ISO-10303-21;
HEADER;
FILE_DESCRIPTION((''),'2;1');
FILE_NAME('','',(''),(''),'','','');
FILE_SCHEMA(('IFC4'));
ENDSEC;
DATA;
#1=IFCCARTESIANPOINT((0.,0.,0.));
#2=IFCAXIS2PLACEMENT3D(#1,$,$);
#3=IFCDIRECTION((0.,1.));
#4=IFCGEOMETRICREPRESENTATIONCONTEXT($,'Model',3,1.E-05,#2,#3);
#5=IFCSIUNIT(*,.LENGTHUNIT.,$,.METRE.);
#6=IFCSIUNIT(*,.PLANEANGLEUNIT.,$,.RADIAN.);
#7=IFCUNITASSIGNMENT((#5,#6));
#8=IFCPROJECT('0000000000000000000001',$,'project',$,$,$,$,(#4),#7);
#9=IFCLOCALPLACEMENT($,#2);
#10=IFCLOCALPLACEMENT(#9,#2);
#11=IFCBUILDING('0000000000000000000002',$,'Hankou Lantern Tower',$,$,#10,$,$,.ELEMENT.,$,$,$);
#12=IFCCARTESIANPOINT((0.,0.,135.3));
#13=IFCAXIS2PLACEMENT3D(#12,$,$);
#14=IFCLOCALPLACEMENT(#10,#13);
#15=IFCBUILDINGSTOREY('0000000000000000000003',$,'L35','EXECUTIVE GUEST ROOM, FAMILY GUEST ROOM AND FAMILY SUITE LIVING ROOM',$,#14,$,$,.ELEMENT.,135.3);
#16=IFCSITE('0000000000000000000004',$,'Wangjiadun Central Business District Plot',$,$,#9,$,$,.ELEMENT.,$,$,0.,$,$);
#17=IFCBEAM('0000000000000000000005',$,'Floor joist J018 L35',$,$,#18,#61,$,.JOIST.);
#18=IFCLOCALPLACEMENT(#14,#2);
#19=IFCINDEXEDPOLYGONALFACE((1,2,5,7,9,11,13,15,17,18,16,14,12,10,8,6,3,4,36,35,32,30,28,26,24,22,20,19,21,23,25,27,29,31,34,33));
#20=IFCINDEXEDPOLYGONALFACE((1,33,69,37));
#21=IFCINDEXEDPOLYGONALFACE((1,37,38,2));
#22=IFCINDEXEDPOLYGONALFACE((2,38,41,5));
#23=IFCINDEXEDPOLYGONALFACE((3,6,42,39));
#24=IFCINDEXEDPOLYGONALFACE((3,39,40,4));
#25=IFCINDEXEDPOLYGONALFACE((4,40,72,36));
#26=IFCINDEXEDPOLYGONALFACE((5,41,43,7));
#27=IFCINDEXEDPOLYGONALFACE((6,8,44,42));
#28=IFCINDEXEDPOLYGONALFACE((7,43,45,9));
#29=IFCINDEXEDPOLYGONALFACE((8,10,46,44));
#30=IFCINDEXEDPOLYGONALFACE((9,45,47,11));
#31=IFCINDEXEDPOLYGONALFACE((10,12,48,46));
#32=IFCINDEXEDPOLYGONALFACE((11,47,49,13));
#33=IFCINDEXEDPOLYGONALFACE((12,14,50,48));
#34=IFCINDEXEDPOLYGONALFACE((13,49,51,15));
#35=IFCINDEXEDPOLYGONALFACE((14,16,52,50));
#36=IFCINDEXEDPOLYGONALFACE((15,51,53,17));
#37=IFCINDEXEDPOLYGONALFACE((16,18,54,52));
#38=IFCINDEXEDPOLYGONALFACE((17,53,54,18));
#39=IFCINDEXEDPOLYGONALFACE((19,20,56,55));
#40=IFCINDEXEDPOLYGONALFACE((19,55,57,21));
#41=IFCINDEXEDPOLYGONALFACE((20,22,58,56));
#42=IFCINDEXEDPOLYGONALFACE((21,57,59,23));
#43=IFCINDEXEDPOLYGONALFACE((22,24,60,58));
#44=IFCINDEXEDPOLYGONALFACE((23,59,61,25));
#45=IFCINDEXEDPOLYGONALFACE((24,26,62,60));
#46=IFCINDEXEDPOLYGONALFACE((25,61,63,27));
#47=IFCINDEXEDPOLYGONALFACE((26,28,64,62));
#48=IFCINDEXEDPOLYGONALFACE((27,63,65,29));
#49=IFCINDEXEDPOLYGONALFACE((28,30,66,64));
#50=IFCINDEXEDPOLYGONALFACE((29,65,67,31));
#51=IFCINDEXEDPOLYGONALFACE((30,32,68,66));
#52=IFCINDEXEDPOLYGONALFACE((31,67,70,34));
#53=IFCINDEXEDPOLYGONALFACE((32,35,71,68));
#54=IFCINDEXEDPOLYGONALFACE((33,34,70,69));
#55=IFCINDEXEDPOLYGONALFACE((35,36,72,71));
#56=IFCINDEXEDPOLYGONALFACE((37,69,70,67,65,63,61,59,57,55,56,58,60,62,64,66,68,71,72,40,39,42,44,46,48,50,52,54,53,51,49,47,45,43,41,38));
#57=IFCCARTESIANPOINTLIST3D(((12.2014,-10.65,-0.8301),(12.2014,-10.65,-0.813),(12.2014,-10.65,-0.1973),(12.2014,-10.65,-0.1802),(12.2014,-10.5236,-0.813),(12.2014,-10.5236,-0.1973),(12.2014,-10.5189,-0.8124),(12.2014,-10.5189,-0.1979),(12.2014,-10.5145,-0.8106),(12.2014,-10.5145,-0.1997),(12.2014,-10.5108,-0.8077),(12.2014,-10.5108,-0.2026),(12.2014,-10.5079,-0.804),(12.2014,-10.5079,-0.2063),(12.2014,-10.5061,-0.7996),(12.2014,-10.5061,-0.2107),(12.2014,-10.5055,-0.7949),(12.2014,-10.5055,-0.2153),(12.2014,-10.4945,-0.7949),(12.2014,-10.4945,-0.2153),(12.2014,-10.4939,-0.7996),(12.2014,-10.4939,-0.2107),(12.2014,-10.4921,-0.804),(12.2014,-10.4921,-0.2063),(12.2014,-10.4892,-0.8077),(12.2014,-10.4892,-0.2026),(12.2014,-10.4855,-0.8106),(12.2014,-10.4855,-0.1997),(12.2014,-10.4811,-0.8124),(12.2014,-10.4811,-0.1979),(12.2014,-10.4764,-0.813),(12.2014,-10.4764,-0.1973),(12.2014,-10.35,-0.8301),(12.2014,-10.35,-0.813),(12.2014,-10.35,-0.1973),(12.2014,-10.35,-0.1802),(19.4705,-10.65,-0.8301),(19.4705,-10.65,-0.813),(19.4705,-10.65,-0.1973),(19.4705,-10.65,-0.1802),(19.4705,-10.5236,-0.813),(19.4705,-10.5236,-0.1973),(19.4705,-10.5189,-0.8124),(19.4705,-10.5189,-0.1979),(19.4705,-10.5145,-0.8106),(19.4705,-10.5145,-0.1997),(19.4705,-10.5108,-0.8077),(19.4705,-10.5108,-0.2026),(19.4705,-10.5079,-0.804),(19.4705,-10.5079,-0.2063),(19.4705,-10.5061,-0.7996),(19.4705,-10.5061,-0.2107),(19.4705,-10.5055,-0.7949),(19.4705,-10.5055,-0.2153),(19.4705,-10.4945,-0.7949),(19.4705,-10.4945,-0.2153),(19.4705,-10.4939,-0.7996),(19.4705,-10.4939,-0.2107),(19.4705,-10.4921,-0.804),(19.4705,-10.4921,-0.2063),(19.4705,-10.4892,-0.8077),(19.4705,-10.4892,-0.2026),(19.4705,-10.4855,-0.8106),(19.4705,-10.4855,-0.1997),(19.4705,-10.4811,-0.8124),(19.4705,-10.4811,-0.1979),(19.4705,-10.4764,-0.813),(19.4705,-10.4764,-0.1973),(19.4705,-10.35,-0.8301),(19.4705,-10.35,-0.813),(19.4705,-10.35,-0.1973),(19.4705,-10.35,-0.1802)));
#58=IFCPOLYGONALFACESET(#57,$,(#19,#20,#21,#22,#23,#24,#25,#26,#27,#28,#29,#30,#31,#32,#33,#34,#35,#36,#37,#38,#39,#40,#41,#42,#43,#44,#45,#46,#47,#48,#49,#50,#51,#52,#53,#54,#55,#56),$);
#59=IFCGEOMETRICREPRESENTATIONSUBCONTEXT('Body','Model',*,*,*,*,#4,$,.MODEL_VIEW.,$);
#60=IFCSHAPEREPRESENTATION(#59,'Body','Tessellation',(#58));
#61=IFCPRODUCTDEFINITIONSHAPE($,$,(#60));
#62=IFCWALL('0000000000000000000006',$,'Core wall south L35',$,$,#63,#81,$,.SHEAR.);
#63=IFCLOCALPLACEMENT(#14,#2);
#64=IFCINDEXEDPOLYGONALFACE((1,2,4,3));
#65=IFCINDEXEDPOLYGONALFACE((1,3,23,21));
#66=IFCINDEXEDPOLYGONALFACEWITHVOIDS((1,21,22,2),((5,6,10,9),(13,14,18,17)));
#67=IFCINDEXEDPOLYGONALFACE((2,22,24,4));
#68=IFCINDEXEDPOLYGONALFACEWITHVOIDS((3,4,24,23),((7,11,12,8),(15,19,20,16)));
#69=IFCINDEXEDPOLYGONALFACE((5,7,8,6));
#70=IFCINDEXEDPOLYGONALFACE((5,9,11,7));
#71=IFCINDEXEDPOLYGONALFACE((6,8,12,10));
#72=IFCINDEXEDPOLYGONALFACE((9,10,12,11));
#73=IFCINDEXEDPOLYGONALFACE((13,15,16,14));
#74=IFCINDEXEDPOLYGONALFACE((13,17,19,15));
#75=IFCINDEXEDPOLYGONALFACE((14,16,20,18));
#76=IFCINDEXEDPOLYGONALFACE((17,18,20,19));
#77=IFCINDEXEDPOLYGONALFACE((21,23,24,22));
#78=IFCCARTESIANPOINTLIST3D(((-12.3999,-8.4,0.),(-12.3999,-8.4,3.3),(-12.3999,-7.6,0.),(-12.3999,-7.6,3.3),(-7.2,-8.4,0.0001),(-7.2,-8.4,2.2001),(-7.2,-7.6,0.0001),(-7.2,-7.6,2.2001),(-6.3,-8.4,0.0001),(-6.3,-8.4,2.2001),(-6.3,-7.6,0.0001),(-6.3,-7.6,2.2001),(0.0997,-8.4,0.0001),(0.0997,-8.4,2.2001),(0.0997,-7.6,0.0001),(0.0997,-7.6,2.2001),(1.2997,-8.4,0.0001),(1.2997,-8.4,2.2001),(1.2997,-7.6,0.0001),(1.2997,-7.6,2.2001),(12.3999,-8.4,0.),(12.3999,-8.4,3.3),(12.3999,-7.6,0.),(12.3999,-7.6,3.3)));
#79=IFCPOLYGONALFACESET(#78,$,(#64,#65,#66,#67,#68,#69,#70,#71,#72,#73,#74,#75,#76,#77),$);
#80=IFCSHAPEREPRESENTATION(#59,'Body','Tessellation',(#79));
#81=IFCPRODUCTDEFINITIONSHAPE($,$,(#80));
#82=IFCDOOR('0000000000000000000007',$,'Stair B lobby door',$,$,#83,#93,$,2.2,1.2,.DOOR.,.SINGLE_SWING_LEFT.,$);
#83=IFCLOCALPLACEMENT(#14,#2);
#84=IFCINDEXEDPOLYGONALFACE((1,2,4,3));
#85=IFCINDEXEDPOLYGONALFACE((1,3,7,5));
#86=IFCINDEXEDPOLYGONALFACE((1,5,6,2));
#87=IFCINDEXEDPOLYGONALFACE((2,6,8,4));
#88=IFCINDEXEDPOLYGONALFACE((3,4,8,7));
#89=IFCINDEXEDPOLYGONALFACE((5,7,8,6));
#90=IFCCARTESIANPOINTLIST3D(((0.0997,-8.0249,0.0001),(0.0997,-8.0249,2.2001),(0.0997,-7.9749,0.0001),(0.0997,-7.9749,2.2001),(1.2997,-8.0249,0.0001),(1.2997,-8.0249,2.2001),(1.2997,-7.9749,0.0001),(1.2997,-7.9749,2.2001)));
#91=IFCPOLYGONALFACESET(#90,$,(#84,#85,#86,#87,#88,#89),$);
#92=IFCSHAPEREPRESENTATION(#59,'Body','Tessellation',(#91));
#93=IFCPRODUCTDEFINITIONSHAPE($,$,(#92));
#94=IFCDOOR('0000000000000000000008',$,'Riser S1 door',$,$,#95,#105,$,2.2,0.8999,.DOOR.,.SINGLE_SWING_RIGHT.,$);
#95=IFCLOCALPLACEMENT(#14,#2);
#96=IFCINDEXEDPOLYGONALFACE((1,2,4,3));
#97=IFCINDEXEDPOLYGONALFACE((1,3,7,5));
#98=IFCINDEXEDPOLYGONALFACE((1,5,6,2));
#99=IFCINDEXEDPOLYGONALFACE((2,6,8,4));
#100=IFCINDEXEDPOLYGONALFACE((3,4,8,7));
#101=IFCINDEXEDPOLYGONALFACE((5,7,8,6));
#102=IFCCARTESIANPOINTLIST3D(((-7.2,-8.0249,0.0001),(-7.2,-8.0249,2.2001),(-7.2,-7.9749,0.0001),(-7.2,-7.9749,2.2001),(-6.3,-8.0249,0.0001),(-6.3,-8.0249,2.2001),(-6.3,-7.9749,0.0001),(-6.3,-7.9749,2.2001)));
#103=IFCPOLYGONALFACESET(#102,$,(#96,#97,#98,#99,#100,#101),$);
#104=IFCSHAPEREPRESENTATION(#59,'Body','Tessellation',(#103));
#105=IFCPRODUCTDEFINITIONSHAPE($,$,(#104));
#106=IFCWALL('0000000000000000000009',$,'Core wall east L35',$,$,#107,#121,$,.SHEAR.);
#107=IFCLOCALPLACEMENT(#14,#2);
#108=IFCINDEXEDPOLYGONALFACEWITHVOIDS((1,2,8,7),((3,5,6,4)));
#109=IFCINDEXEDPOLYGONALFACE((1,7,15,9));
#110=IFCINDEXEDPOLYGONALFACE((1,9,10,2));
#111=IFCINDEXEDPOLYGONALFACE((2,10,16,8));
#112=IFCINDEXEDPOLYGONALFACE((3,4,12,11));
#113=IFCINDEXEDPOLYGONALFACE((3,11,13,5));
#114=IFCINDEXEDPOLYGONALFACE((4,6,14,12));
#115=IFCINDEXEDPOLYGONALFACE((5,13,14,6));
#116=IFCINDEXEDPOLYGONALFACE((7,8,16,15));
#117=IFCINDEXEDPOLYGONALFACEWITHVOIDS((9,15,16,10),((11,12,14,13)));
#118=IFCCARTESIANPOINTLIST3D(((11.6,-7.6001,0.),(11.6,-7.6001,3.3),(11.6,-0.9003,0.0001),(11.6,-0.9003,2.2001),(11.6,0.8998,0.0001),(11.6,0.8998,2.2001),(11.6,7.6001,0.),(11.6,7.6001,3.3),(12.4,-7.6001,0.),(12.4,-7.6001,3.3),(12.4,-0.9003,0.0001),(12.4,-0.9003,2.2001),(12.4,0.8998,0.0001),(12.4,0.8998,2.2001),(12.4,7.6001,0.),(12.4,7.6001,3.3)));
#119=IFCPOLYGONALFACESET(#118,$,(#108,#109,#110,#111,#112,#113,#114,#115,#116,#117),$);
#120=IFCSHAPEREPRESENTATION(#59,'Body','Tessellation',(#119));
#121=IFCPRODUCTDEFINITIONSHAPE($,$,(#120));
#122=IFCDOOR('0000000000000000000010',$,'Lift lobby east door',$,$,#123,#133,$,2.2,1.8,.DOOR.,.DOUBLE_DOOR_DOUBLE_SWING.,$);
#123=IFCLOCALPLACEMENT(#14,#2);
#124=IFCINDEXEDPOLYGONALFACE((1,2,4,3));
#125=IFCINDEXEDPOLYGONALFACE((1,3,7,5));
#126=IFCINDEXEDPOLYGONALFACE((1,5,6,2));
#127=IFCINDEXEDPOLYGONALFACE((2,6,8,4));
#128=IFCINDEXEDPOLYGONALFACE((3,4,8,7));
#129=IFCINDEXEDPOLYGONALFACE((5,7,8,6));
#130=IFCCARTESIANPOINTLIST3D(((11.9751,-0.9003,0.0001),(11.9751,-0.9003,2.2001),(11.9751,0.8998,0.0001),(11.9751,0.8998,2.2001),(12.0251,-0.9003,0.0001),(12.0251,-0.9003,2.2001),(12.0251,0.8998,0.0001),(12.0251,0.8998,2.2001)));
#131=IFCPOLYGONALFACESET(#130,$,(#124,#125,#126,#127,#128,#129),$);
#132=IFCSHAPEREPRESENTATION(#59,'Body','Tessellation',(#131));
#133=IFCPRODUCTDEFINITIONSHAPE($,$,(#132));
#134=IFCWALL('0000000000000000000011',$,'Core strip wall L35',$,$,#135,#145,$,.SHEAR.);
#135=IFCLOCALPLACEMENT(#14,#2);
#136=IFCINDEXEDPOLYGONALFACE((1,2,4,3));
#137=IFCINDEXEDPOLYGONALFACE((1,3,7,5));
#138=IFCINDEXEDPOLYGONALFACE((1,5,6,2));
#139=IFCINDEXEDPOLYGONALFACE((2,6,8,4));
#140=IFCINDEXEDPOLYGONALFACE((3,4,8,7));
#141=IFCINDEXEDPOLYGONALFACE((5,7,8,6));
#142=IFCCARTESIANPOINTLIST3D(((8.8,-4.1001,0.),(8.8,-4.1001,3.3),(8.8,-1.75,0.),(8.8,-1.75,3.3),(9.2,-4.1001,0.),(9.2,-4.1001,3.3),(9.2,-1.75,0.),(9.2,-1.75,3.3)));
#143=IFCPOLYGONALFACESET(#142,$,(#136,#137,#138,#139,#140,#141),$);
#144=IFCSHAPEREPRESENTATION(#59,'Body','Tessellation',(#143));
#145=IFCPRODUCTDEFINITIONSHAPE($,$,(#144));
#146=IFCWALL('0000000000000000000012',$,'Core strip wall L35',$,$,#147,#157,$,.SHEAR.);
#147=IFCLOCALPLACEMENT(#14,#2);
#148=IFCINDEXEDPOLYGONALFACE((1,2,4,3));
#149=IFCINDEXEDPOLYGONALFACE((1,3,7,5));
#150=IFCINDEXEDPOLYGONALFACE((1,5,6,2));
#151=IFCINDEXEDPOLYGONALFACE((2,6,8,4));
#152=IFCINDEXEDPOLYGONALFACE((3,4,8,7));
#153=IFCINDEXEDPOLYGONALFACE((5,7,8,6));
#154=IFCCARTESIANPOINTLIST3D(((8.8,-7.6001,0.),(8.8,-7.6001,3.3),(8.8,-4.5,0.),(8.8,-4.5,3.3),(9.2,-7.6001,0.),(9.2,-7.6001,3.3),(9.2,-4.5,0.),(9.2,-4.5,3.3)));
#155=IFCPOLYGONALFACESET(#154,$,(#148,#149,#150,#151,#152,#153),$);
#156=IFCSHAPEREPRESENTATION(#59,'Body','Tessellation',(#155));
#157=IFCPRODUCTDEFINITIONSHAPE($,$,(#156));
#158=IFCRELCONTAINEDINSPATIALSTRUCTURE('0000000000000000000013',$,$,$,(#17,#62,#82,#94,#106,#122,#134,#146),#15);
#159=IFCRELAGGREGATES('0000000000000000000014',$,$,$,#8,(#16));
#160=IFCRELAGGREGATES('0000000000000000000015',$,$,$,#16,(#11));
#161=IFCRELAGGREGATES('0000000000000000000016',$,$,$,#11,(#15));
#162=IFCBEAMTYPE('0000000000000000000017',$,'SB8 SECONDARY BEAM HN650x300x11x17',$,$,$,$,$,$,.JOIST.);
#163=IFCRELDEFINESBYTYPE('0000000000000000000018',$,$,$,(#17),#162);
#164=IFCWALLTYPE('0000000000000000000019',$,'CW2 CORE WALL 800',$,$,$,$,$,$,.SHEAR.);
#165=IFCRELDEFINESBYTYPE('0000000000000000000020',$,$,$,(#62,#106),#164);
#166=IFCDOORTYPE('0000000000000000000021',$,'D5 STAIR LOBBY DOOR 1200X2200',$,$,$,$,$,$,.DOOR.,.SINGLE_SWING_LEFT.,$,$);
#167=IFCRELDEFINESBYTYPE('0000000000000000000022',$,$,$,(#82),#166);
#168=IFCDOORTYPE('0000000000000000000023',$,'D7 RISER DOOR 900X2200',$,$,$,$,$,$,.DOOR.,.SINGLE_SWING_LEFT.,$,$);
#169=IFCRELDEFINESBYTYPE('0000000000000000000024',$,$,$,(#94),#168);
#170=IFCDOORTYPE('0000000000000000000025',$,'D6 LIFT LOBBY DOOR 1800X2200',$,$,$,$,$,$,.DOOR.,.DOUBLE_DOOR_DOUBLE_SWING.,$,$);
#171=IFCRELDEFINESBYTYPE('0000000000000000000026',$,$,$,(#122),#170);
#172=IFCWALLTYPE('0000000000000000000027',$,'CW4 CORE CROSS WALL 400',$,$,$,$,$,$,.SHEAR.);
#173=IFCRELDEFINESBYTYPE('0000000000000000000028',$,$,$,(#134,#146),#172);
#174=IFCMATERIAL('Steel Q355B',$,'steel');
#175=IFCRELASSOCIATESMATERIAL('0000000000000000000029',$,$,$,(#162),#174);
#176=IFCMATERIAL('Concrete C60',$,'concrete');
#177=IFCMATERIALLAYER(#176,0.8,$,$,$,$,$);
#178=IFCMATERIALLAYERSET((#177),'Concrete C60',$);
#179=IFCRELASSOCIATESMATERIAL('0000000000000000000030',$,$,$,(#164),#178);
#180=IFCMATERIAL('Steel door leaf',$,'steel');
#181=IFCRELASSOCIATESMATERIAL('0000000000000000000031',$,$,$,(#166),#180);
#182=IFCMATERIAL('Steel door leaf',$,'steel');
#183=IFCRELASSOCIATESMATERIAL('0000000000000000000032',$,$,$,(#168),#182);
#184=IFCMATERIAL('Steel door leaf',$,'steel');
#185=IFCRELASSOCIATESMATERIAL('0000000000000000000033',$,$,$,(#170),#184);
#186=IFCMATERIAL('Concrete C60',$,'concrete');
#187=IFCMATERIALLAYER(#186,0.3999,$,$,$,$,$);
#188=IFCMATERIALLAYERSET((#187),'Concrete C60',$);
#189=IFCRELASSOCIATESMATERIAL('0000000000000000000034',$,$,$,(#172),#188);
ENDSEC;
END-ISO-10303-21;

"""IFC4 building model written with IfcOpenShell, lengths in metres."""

from ifc_helpers import new_model, si_unit, direction, frame, frame_2d, origin, origin_2d, place, context, subcontext, project, spatial, rectangle, i_section, extrude, material, layer, layer_set, material_profile, profile_set, type_object, element, fill, save


model = new_model("IFC4")

# Units and contexts
model_context = context("Model", 3, precision=1e-05, world=origin(), true_north=direction((0.0, 1.0)))
body_context = subcontext(model_context, "Body", "Model", "MODEL_VIEW")
ifc_project = project(units=[si_unit("LENGTHUNIT", "METRE"), si_unit("PLANEANGLEUNIT", "RADIAN")], contexts=[model_context])

# Site, building, storey
site_placement = place(None, origin())
site = spatial("IfcSite", under=ifc_project, at=site_placement, Name="Wangjiadun Central Business District Plot", CompositionType="ELEMENT", RefElevation=0.0)
building_placement = place(site_placement, origin())
building = spatial("IfcBuilding", under=site, at=building_placement, Name="Hankou Lantern Tower", CompositionType="ELEMENT")
storey_placement = place(building_placement, frame((0.0, 0.0, 135.3)))
storey = spatial("IfcBuildingStorey", under=building, at=storey_placement, Name="L35", Description="EXECUTIVE GUEST ROOM, FAMILY GUEST ROOM AND FAMILY SUITE LIVING ROOM", CompositionType="ELEMENT", Elevation=135.3)

# Beam
ifc_material_1 = material(Name="Steel Q355B", Category="steel")
ifc_material_profile_1 = material_profile(ifc_material_1, i_section(OverallWidth=0.3, OverallDepth=0.6499, WebThickness=0.011, FlangeThickness=0.0171, FilletRadius=0.0181, at=origin_2d()), Name="HN650x300x11x17")
ifc_profile_set_1 = profile_set([ifc_material_profile_1], Name="Steel Q355B")
beam_type_1 = type_object("IfcBeamType", Name="SB8 SECONDARY BEAM HN650x300x11x17", PredefinedType="JOIST", material=ifc_profile_set_1)
beam_1_placement = place(storey_placement, frame((12.2014, -10.5, -0.5051), z_axis=(1.0, 0.0, 0.0), x_axis=(0.0, 1.0, 0.0)))
element("IfcBeam", 1, at=beam_1_placement, inside=storey, type_object=beam_type_1, Name="Floor joist J018 L35", PredefinedType="JOIST", context=body_context, shape_type="SweptSolid", body=[
    extrude(i_section(OverallWidth=0.3, OverallDepth=0.6499, WebThickness=0.011, FlangeThickness=0.0171, FilletRadius=0.0181, at=origin_2d()), origin(), (0.0, 0.0, 1.0), 7.269),
])

# Wall, openings, doors
ifc_material_2 = material(Name="Concrete C60", Category="concrete")
ifc_layer_1 = layer(ifc_material_2, 0.8)
ifc_layer_set_1 = layer_set([ifc_layer_1], Name="Concrete C60")
wall_type_1 = type_object("IfcWallType", Name="CW2 CORE WALL 800", PredefinedType="SHEAR", material=ifc_layer_set_1)
wall_1_placement = place(storey_placement, frame((12.3999, -8.0, 0.0), z_axis=(0.0, 0.0, 1.0), x_axis=(-1.0, 0.0, 0.0)))
wall_1 = element("IfcWall", 2, at=wall_1_placement, inside=storey, type_object=wall_type_1, Name="Core wall south L35", PredefinedType="SHEAR", context=body_context, shape_type="SweptSolid", body=[
    extrude(rectangle(XDim=24.7998, YDim=0.8, at=frame_2d((12.3999, 0.0))), origin(), (0.0, 0.0, 1.0), 3.3),
])
opening_1_placement = place(wall_1_placement, frame((11.1001, 0.0, 0.0)))
opening_1 = element("IfcOpeningElement", 3, at=opening_1_placement, cuts=wall_1, PredefinedType="OPENING", context=body_context, shape_type="SweptSolid", body=[
    extrude(rectangle(XDim=1.2, YDim=2.2, at=frame_2d((0.6001, 1.1001))), frame((0.0, 0.4099, 0.0), z_axis=(0.0, -1.0, 0.0), x_axis=(1.0, 0.0, 0.0)), (0.0, 0.0, 1.0), 0.8201),
])
opening_2_placement = place(wall_1_placement, frame((18.7, 0.0, 0.0)))
opening_2 = element("IfcOpeningElement", 4, at=opening_2_placement, cuts=wall_1, PredefinedType="OPENING", context=body_context, shape_type="SweptSolid", body=[
    extrude(rectangle(XDim=0.8999, YDim=2.2, at=frame_2d((0.45, 1.1001))), frame((0.0, 0.4099, 0.0), z_axis=(0.0, -1.0, 0.0), x_axis=(1.0, 0.0, 0.0)), (0.0, 0.0, 1.0), 0.8201),
])
ifc_material_3 = material(Name="Steel door leaf", Category="steel")
door_type_1 = type_object("IfcDoorType", Name="D5 STAIR LOBBY DOOR 1200X2200", OperationType="SINGLE_SWING_LEFT", PredefinedType="DOOR", material=ifc_material_3)
door_1_placement = place(opening_1_placement, origin())
door_1 = element("IfcDoor", 5, at=door_1_placement, inside=storey, type_object=door_type_1, Name="Stair B lobby door", OperationType="SINGLE_SWING_LEFT", OverallHeight=2.2, OverallWidth=1.2, PredefinedType="DOOR", context=body_context, shape_type="SweptSolid", body=[
    extrude(rectangle(XDim=1.2, YDim=2.2, at=frame_2d((0.6001, 1.1001))), frame((0.0, 0.0249, 0.0), z_axis=(0.0, -1.0, 0.0), x_axis=(1.0, 0.0, 0.0)), (0.0, 0.0, 1.0), 0.05),
])
fill(opening_1, door_1)
ifc_material_4 = material(Name="Steel door leaf", Category="steel")
door_type_2 = type_object("IfcDoorType", Name="D7 RISER DOOR 900X2200", OperationType="SINGLE_SWING_LEFT", PredefinedType="DOOR", material=ifc_material_4)
door_2_placement = place(opening_2_placement, origin())
door_2 = element("IfcDoor", 6, at=door_2_placement, inside=storey, type_object=door_type_2, Name="Riser S1 door", OperationType="SINGLE_SWING_RIGHT", OverallHeight=2.2, OverallWidth=0.8999, PredefinedType="DOOR", context=body_context, shape_type="SweptSolid", body=[
    extrude(rectangle(XDim=0.8999, YDim=2.2, at=frame_2d((0.45, 1.1001))), frame((0.0, 0.0249, 0.0), z_axis=(0.0, -1.0, 0.0), x_axis=(1.0, 0.0, 0.0)), (0.0, 0.0, 1.0), 0.05),
])
fill(opening_2, door_2)

# Wall, opening, door
wall_2_placement = place(storey_placement, frame((12.0, -7.6001, 0.0), z_axis=(0.0, 0.0, 1.0), x_axis=(0.0, 1.0, 0.0)))
wall_2 = element("IfcWall", 7, at=wall_2_placement, inside=storey, type_object=wall_type_1, Name="Core wall east L35", PredefinedType="SHEAR", context=body_context, shape_type="SweptSolid", body=[
    extrude(rectangle(XDim=15.2002, YDim=0.8, at=frame_2d((7.6001, 0.0))), origin(), (0.0, 0.0, 1.0), 3.3),
])
opening_3_placement = place(wall_2_placement, frame((6.7, 0.0, 0.0)))
opening_3 = element("IfcOpeningElement", 8, at=opening_3_placement, cuts=wall_2, PredefinedType="OPENING", context=body_context, shape_type="SweptSolid", body=[
    extrude(rectangle(XDim=1.8, YDim=2.2, at=frame_2d((0.8999, 1.1001))), frame((0.0, 0.4099, 0.0), z_axis=(0.0, -1.0, 0.0), x_axis=(1.0, 0.0, 0.0)), (0.0, 0.0, 1.0), 0.8201),
])
ifc_material_5 = material(Name="Steel door leaf", Category="steel")
door_type_3 = type_object("IfcDoorType", Name="D6 LIFT LOBBY DOOR 1800X2200", OperationType="DOUBLE_DOOR_DOUBLE_SWING", PredefinedType="DOOR", material=ifc_material_5)
door_3_placement = place(opening_3_placement, origin())
door_3 = element("IfcDoor", 9, at=door_3_placement, inside=storey, type_object=door_type_3, Name="Lift lobby east door", OperationType="DOUBLE_DOOR_DOUBLE_SWING", OverallHeight=2.2, OverallWidth=1.8, PredefinedType="DOOR", context=body_context, shape_type="SweptSolid", body=[
    extrude(rectangle(XDim=1.8, YDim=2.2, at=frame_2d((0.8999, 1.1001))), frame((0.0, 0.0249, 0.0), z_axis=(0.0, -1.0, 0.0), x_axis=(1.0, 0.0, 0.0)), (0.0, 0.0, 1.0), 0.05),
])
fill(opening_3, door_3)

# Walls
ifc_material_6 = material(Name="Concrete C60", Category="concrete")
ifc_layer_2 = layer(ifc_material_6, 0.3999)
ifc_layer_set_2 = layer_set([ifc_layer_2], Name="Concrete C60")
wall_type_2 = type_object("IfcWallType", Name="CW4 CORE CROSS WALL 400", PredefinedType="SHEAR", material=ifc_layer_set_2)
wall_3_placement = place(storey_placement, frame((9.0, -4.1001, 0.0), z_axis=(0.0, 0.0, 1.0), x_axis=(0.0, 1.0, 0.0)))
element("IfcWall", 10, at=wall_3_placement, inside=storey, type_object=wall_type_2, Name="Core strip wall L35", PredefinedType="SHEAR", context=body_context, shape_type="SweptSolid", body=[
    extrude(rectangle(XDim=2.3501, YDim=0.3999, at=frame_2d((1.175, 0.0))), origin(), (0.0, 0.0, 1.0), 3.3),
])
wall_4_placement = place(storey_placement, frame((9.0, -7.6001, 0.0), z_axis=(0.0, 0.0, 1.0), x_axis=(0.0, 1.0, 0.0)))
element("IfcWall", 11, at=wall_4_placement, inside=storey, type_object=wall_type_2, Name="Core strip wall L35", PredefinedType="SHEAR", context=body_context, shape_type="SweptSolid", body=[
    extrude(rectangle(XDim=3.1001, YDim=0.3999, at=frame_2d((1.55, 0.0))), origin(), (0.0, 0.0, 1.0), 3.3),
])

save(model, "model.ifc")
